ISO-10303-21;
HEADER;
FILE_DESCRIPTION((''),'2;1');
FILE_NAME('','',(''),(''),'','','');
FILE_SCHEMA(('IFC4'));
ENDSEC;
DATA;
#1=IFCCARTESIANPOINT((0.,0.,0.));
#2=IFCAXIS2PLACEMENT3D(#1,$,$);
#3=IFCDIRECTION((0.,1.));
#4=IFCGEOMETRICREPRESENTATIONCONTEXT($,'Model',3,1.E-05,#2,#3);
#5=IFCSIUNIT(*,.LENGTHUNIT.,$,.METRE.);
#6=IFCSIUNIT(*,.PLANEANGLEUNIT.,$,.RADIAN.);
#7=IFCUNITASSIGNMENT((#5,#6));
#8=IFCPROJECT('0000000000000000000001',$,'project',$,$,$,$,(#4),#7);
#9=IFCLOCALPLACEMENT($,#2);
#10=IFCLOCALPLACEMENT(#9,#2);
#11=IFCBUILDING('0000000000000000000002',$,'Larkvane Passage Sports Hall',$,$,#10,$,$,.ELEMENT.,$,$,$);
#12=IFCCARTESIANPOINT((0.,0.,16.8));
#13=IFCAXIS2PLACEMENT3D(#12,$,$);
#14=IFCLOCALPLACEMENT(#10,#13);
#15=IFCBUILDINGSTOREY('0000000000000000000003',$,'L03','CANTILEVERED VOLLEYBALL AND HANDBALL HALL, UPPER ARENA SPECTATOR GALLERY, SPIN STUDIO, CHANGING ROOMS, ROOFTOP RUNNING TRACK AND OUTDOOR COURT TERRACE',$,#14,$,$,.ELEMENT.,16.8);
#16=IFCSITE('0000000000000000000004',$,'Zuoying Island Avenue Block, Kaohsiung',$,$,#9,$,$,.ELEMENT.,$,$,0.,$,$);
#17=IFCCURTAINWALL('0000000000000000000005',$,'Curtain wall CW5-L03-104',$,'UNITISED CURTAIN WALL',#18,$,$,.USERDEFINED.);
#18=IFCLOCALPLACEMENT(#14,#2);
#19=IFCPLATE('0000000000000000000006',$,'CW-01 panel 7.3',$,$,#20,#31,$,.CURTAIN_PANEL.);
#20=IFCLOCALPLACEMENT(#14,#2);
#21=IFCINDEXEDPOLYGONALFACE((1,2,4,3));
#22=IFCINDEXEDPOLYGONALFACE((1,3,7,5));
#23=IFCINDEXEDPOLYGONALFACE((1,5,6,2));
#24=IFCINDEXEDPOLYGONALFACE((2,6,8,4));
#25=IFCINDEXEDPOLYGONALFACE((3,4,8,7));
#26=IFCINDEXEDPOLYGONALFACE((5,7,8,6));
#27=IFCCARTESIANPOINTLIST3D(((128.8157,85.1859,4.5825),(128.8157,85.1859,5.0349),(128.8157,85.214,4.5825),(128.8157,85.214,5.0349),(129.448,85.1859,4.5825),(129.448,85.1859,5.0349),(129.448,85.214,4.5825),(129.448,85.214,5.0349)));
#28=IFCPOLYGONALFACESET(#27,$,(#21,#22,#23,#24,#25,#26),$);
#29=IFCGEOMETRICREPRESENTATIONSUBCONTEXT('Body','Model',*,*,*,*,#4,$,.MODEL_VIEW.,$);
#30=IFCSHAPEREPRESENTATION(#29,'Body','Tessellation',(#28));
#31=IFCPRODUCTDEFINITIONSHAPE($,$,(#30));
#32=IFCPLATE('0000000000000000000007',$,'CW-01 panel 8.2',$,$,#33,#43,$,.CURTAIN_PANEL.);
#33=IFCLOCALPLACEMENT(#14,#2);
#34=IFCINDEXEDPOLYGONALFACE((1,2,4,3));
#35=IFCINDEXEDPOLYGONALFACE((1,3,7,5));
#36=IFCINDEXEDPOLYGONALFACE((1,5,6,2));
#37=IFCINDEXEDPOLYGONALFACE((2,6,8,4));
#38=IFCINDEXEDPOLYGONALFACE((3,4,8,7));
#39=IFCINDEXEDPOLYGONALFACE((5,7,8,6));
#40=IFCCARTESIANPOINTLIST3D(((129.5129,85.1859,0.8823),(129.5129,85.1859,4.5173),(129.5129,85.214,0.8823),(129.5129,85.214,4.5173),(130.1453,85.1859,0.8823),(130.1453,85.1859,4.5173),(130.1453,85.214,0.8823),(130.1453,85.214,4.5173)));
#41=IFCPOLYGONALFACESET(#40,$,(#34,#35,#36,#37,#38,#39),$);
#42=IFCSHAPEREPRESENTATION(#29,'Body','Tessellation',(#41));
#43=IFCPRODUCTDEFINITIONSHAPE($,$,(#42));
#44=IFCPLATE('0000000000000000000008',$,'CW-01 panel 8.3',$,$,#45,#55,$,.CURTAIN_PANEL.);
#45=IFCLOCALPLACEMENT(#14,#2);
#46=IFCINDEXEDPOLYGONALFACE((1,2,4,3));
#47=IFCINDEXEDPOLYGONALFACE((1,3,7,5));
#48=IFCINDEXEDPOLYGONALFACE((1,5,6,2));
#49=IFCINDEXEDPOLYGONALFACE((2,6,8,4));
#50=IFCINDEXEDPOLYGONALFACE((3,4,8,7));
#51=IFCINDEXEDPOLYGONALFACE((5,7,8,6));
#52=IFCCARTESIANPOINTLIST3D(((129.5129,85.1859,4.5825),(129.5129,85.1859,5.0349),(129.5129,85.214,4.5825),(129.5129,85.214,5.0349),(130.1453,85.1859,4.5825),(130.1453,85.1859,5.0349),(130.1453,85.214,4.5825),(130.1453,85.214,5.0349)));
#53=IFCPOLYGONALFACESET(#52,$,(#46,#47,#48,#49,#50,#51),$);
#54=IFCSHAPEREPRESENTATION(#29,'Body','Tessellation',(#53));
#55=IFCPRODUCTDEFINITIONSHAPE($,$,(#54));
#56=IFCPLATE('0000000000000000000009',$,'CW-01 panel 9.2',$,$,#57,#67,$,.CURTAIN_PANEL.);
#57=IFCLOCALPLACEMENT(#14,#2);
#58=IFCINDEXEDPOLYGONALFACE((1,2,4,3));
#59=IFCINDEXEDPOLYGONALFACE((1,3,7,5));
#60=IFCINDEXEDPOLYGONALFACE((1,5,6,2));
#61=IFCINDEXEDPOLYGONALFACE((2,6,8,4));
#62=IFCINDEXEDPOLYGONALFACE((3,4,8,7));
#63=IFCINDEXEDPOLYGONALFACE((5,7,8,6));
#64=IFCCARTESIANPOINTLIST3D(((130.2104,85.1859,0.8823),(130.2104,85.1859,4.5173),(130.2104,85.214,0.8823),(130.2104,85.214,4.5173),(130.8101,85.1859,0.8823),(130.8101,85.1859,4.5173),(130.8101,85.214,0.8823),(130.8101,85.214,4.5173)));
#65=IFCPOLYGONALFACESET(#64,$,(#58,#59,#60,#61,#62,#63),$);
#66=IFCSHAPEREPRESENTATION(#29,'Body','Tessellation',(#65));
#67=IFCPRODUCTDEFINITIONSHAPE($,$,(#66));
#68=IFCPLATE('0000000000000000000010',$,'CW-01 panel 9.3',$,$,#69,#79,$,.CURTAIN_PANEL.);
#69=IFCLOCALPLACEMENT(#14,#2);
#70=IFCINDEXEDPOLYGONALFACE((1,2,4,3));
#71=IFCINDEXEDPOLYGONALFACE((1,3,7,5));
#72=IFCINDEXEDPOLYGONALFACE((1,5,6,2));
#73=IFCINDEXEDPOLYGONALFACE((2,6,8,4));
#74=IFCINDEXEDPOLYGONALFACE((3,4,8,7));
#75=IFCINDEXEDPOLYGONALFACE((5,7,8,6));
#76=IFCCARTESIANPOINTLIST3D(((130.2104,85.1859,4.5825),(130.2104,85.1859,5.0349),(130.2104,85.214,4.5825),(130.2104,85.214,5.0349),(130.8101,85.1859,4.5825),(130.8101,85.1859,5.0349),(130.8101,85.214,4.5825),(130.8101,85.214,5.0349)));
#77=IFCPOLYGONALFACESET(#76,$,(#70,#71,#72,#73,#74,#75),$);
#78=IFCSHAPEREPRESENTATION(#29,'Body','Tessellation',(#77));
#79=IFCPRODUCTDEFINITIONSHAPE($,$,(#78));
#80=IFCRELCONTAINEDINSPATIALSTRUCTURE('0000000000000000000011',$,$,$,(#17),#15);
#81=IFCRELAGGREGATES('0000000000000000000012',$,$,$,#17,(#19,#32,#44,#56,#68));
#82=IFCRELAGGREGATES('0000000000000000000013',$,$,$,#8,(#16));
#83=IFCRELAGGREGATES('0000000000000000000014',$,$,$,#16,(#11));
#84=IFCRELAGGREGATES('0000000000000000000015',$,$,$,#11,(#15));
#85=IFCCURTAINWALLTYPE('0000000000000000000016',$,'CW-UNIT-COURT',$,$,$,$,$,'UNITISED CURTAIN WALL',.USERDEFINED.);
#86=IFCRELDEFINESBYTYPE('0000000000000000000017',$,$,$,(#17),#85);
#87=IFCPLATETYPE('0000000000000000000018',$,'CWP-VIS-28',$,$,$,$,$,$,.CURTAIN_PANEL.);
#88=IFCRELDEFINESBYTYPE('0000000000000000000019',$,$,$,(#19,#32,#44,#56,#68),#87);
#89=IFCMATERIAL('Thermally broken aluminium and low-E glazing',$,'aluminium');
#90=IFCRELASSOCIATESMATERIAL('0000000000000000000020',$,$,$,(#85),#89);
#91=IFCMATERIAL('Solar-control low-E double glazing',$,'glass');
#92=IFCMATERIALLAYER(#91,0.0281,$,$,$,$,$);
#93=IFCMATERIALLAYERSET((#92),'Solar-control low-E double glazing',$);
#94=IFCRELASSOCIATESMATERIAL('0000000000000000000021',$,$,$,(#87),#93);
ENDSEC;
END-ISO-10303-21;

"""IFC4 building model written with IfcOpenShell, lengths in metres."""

from ifc_helpers import new_model, si_unit, direction, frame, origin, origin_2d, place, context, subcontext, project, spatial, rectangle, extrude, material, layer, layer_set, type_object, element, aggregate, save


model = new_model("IFC4")

# Units and contexts
model_context = context("Model", 3, precision=1e-05, world=origin(), true_north=direction((0.0, 1.0)))
body_context = subcontext(model_context, "Body", "Model", "MODEL_VIEW")
ifc_project = project(units=[si_unit("LENGTHUNIT", "METRE"), si_unit("PLANEANGLEUNIT", "RADIAN")], contexts=[model_context])

# Site, building, storey
site_placement = place(None, origin())
site = spatial("IfcSite", under=ifc_project, at=site_placement, Name="Zuoying Island Avenue Block, Kaohsiung", CompositionType="ELEMENT", RefElevation=0.0)
building_placement = place(site_placement, origin())
building = spatial("IfcBuilding", under=site, at=building_placement, Name="Larkvane Passage Sports Hall", CompositionType="ELEMENT")
storey_placement = place(building_placement, frame((0.0, 0.0, 16.8)))
storey = spatial("IfcBuildingStorey", under=building, at=storey_placement, Name="L03", Description="CANTILEVERED VOLLEYBALL AND HANDBALL HALL, UPPER ARENA SPECTATOR GALLERY, SPIN STUDIO, CHANGING ROOMS, ROOFTOP RUNNING TRACK AND OUTDOOR COURT TERRACE", CompositionType="ELEMENT", Elevation=16.8)

# Curtain wall
ifc_material_1 = material(Name="Thermally broken aluminium and low-E glazing", Category="aluminium")
curtain_wall_type_1 = type_object("IfcCurtainWallType", Name="CW-UNIT-COURT", ElementType="UNITISED CURTAIN WALL", PredefinedType="USERDEFINED", material=ifc_material_1)
curtain_wall_1_placement = place(storey_placement, origin())
curtain_wall_1 = element("IfcCurtainWall", 1, at=curtain_wall_1_placement, inside=storey, type_object=curtain_wall_type_1, Name="Curtain wall CW5-L03-104", ObjectType="UNITISED CURTAIN WALL", PredefinedType="USERDEFINED")

# Plates
ifc_material_2 = material(Name="Solar-control low-E double glazing", Category="glass")
ifc_layer_1 = layer(ifc_material_2, 0.0281)
ifc_layer_set_1 = layer_set([ifc_layer_1], Name="Solar-control low-E double glazing")
plate_type_1 = type_object("IfcPlateType", Name="CWP-VIS-28", PredefinedType="CURTAIN_PANEL", material=ifc_layer_set_1)
plate_1_placement = place(storey_placement, frame((129.1318, 85.2, 4.5825), z_axis=(0.0, 0.0, 1.0), x_axis=(1.0, 0.0, 0.0)))
plate_1 = element("IfcPlate", 2, at=plate_1_placement, type_object=plate_type_1, Name="CW-01 panel 7.3", PredefinedType="CURTAIN_PANEL", context=body_context, shape_type="SweptSolid", body=[
    extrude(rectangle(XDim=0.6323, YDim=0.0281, at=origin_2d()), origin(), (0.0, 0.0, 1.0), 0.4524),
])
plate_2_placement = place(storey_placement, frame((129.8291, 85.2, 0.8823), z_axis=(0.0, 0.0, 1.0), x_axis=(1.0, 0.0, 0.0)))
plate_2 = element("IfcPlate", 3, at=plate_2_placement, type_object=plate_type_1, Name="CW-01 panel 8.2", PredefinedType="CURTAIN_PANEL", context=body_context, shape_type="SweptSolid", body=[
    extrude(rectangle(XDim=0.6323, YDim=0.0281, at=origin_2d()), origin(), (0.0, 0.0, 1.0), 3.635),
])
plate_3_placement = place(storey_placement, frame((129.8291, 85.2, 4.5825), z_axis=(0.0, 0.0, 1.0), x_axis=(1.0, 0.0, 0.0)))
plate_3 = element("IfcPlate", 4, at=plate_3_placement, type_object=plate_type_1, Name="CW-01 panel 8.3", PredefinedType="CURTAIN_PANEL", context=body_context, shape_type="SweptSolid", body=[
    extrude(rectangle(XDim=0.6323, YDim=0.0281, at=origin_2d()), origin(), (0.0, 0.0, 1.0), 0.4524),
])
plate_4_placement = place(storey_placement, frame((130.5103, 85.2, 0.8823), z_axis=(0.0, 0.0, 1.0), x_axis=(1.0, 0.0, 0.0)))
plate_4 = element("IfcPlate", 5, at=plate_4_placement, type_object=plate_type_1, Name="CW-01 panel 9.2", PredefinedType="CURTAIN_PANEL", context=body_context, shape_type="SweptSolid", body=[
    extrude(rectangle(XDim=0.5996, YDim=0.0281, at=origin_2d()), origin(), (0.0, 0.0, 1.0), 3.635),
])
plate_5_placement = place(storey_placement, frame((130.5103, 85.2, 4.5825), z_axis=(0.0, 0.0, 1.0), x_axis=(1.0, 0.0, 0.0)))
plate_5 = element("IfcPlate", 6, at=plate_5_placement, type_object=plate_type_1, Name="CW-01 panel 9.3", PredefinedType="CURTAIN_PANEL", context=body_context, shape_type="SweptSolid", body=[
    extrude(rectangle(XDim=0.5996, YDim=0.0281, at=origin_2d()), origin(), (0.0, 0.0, 1.0), 0.4524),
])
aggregate(curtain_wall_1, [plate_1, plate_2, plate_3, plate_4, plate_5])

save(model, "model.ifc")
